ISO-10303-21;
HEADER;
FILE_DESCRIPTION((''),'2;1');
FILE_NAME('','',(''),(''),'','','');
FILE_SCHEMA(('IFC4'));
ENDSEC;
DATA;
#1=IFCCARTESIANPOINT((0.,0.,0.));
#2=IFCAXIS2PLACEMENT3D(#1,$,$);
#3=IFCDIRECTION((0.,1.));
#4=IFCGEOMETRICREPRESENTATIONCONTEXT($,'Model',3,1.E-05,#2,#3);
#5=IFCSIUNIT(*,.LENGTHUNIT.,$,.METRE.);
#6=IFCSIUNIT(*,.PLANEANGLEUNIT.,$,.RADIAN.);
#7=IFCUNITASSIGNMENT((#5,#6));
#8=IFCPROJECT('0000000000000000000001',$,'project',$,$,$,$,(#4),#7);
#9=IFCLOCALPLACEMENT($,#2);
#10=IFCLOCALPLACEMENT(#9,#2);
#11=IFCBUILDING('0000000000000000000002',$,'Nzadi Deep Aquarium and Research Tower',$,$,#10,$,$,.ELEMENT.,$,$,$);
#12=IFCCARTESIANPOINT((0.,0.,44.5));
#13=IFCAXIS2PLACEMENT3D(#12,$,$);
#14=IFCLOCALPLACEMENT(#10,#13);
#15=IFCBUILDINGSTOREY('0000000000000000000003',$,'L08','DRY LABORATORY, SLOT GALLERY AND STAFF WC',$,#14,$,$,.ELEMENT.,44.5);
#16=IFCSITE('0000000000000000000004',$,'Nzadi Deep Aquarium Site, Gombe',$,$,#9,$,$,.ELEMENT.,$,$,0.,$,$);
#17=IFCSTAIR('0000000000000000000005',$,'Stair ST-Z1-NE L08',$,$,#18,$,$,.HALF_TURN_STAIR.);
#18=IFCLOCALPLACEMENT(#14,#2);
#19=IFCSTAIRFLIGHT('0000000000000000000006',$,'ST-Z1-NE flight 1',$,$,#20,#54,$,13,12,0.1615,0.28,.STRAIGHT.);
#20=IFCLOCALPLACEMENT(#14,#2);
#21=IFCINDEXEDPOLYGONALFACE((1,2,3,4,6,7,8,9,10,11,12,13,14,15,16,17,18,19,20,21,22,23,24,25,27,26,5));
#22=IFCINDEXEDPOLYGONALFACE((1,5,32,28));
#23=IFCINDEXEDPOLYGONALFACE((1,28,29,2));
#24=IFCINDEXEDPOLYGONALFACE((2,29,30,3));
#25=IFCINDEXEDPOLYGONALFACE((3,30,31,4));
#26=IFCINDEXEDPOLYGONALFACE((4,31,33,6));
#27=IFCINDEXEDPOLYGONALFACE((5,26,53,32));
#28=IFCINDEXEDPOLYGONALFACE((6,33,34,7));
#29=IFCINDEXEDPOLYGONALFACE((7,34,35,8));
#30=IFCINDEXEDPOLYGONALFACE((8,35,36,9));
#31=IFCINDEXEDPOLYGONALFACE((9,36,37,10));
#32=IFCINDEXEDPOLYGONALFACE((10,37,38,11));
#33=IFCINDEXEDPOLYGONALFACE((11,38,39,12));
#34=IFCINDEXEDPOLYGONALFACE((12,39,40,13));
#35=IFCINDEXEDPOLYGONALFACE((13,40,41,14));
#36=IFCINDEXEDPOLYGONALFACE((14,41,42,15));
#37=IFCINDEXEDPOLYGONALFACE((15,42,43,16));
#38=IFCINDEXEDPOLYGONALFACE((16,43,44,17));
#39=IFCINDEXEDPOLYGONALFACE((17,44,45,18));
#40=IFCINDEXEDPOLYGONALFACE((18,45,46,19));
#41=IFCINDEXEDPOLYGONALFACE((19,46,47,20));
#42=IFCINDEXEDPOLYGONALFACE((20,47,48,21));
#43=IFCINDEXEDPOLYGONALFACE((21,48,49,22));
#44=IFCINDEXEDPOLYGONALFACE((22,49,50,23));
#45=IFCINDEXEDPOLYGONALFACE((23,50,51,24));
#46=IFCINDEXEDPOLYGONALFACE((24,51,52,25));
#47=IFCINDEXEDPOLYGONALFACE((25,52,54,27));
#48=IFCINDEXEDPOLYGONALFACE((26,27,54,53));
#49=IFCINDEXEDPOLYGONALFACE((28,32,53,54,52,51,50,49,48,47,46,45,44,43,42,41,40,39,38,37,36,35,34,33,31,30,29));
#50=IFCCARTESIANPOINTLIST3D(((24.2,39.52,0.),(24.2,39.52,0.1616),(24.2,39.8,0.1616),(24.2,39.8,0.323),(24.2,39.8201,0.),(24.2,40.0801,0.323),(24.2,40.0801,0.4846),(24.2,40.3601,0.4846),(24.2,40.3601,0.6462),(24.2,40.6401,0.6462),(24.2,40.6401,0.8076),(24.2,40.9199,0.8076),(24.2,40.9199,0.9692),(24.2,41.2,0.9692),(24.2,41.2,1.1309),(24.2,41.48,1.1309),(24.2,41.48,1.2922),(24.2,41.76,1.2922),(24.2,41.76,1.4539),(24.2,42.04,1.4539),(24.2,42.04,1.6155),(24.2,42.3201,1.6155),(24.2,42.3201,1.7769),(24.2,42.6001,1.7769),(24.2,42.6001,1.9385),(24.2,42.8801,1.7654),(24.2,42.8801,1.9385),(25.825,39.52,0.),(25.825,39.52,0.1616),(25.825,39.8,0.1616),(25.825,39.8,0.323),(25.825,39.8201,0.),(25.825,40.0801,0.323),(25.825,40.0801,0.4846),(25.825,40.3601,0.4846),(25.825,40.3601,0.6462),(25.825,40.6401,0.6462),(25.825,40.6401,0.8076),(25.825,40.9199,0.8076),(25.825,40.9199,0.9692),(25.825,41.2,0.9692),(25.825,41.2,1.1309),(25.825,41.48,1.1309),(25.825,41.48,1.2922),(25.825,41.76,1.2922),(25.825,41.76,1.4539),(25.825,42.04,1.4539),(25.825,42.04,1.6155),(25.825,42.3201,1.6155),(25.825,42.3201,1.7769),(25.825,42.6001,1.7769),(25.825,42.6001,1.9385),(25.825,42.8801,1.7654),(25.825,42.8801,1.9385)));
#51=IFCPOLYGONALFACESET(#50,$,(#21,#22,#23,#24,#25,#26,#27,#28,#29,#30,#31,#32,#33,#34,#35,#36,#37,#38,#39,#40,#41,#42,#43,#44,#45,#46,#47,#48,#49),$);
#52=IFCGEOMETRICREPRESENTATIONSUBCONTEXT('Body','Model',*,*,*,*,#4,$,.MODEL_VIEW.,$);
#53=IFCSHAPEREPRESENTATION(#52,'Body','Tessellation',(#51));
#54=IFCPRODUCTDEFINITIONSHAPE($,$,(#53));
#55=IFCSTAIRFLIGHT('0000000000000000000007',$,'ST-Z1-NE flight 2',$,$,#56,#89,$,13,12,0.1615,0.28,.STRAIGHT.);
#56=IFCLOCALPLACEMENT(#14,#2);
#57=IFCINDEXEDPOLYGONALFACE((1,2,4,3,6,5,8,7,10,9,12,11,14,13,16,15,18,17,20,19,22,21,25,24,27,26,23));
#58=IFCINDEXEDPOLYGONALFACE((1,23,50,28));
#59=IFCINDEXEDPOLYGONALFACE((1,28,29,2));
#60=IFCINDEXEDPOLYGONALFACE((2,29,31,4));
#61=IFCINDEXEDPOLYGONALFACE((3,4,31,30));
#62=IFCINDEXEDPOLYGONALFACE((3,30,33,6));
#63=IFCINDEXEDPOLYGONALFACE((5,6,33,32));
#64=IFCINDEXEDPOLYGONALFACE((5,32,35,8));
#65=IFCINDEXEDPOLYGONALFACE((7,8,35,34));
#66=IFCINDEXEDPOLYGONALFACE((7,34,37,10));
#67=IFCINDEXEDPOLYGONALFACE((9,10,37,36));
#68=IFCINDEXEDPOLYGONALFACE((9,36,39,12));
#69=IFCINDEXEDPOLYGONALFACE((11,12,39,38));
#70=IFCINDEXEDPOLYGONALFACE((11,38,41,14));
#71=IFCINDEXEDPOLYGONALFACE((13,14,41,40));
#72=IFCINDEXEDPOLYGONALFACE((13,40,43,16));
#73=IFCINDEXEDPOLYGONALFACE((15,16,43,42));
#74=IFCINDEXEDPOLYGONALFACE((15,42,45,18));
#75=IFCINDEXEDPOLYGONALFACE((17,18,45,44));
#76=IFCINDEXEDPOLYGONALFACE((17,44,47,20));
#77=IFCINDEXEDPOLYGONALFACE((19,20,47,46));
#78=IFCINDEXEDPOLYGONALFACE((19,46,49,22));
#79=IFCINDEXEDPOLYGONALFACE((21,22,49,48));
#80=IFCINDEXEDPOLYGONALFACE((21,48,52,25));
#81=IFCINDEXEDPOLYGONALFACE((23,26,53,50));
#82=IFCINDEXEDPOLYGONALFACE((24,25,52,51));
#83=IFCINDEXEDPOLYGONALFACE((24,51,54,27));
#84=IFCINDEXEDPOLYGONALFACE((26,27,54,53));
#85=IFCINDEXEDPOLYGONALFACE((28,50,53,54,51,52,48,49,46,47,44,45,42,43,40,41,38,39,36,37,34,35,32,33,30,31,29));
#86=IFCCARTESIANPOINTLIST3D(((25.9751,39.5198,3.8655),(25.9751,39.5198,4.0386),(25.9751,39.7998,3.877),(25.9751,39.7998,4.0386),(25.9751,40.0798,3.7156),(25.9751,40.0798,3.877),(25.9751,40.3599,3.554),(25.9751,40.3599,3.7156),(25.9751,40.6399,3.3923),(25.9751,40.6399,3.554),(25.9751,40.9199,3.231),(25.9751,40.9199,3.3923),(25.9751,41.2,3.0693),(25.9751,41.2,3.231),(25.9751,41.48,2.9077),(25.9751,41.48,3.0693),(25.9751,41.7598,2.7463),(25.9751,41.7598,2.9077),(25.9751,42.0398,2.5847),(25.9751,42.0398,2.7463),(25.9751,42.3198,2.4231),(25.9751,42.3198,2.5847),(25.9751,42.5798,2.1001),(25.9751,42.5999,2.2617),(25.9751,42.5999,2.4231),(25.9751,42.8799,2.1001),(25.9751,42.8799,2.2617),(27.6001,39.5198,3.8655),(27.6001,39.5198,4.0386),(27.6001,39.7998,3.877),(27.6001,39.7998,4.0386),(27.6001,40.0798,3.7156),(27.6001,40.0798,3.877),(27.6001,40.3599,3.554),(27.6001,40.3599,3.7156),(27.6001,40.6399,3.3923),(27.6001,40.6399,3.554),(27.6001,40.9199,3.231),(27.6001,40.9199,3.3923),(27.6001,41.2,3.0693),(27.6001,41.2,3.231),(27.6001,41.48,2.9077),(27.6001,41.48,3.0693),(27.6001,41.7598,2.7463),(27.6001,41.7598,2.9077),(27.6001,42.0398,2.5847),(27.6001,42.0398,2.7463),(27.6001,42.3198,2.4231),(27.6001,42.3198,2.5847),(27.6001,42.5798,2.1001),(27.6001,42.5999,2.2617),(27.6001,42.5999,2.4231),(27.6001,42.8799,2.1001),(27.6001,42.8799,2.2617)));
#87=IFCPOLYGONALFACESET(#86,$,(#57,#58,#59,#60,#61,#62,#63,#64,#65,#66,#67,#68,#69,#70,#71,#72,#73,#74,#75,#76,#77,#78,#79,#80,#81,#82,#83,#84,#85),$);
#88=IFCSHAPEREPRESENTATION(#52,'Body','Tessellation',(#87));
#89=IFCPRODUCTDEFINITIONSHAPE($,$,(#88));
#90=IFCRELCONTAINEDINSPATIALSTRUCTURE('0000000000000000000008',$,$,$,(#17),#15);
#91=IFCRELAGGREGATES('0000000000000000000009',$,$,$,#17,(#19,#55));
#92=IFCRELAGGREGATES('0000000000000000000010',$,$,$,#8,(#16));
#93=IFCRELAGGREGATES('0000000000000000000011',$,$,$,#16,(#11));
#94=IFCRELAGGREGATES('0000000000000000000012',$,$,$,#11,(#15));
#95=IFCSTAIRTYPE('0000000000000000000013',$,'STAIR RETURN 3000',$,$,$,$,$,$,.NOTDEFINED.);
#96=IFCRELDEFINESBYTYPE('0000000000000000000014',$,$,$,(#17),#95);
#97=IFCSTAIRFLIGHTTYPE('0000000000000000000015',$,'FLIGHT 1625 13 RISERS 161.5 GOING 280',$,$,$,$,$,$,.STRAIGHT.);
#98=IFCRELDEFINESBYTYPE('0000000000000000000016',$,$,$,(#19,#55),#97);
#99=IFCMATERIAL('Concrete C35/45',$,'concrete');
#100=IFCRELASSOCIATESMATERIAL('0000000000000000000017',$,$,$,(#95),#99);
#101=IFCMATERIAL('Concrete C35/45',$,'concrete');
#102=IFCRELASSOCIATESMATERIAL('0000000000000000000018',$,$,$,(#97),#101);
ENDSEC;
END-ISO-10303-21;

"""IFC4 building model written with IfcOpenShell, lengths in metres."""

from ifc_helpers import new_model, si_unit, direction, frame, origin, place, context, subcontext, project, spatial, polyline, outline, extrude, material, type_object, element, aggregate, save


model = new_model("IFC4")

# Units and contexts
model_context = context("Model", 3, precision=1e-05, world=origin(), true_north=direction((0.0, 1.0)))
body_context = subcontext(model_context, "Body", "Model", "MODEL_VIEW")
ifc_project = project(units=[si_unit("LENGTHUNIT", "METRE"), si_unit("PLANEANGLEUNIT", "RADIAN")], contexts=[model_context])

# Site, building, storey
site_placement = place(None, origin())
site = spatial("IfcSite", under=ifc_project, at=site_placement, Name="Nzadi Deep Aquarium Site, Gombe", CompositionType="ELEMENT", RefElevation=0.0)
building_placement = place(site_placement, origin())
building = spatial("IfcBuilding", under=site, at=building_placement, Name="Nzadi Deep Aquarium and Research Tower", CompositionType="ELEMENT")
storey_placement = place(building_placement, frame((0.0, 0.0, 44.5)))
storey = spatial("IfcBuildingStorey", under=building, at=storey_placement, Name="L08", Description="DRY LABORATORY, SLOT GALLERY AND STAFF WC", CompositionType="ELEMENT", Elevation=44.5)

# Stair, stair flights
ifc_material_1 = material(Name="Concrete C35/45", Category="concrete")
stair_type = type_object("IfcStairType", Name="STAIR RETURN 3000", PredefinedType="NOTDEFINED", material=ifc_material_1)
stair_placement = place(storey_placement, origin())
stair = element("IfcStair", 1, at=stair_placement, inside=storey, type_object=stair_type, Name="Stair ST-Z1-NE L08", PredefinedType="HALF_TURN_STAIR")
ifc_material_2 = material(Name="Concrete C35/45", Category="concrete")
stair_flight_type = type_object("IfcStairFlightType", Name="FLIGHT 1625 13 RISERS 161.5 GOING 280", PredefinedType="STRAIGHT", material=ifc_material_2)
stair_flight_1_placement = place(storey_placement, frame((25.0125, 39.52, 0.0), z_axis=(0.0, 0.0, 1.0), x_axis=(0.0, 1.0, 0.0)))
stair_flight_1 = element("IfcStairFlight", 2, at=stair_flight_1_placement, type_object=stair_flight_type, Name="ST-Z1-NE flight 1", NumberOfRisers=13, NumberOfTreads=12, PredefinedType="STRAIGHT", RiserHeight=0.1615, TreadLength=0.28, context=body_context, shape_type="SweptSolid", body=[
    extrude(outline(polyline([(0.0, 0.0), (0.0, 0.1616), (0.28, 0.1616), (0.28, 0.323), (0.5601, 0.323), (0.5601, 0.4846), (0.8401, 0.4846), (0.8401, 0.6462), (1.1201, 0.6462), (1.1201, 0.8076), (1.3999, 0.8076), (1.3999, 0.9692), (1.6799, 0.9692), (1.6799, 1.1309), (1.96, 1.1309), (1.96, 1.2922), (2.24, 1.2922), (2.24, 1.4539), (2.52, 1.4539), (2.52, 1.6155), (2.8, 1.6155), (2.8, 1.7769), (3.0801, 1.7769), (3.0801, 1.9385), (3.3601, 1.9385), (3.3601, 2.1001), (3.3601, 1.7654), (0.3, 0.0), (0.0, 0.0)])), frame((0.0, 0.8125, 0.0), z_axis=(0.0, -1.0, 0.0), x_axis=(1.0, 0.0, 0.0)), (0.0, 0.0, 1.0), 1.625),
])
stair_flight_2_placement = place(storey_placement, frame((26.7876, 42.8799, 2.1001), z_axis=(0.0, 0.0, 1.0), x_axis=(0.0, -1.0, 0.0)))
stair_flight_2 = element("IfcStairFlight", 3, at=stair_flight_2_placement, type_object=stair_flight_type, Name="ST-Z1-NE flight 2", NumberOfRisers=13, NumberOfTreads=12, PredefinedType="STRAIGHT", RiserHeight=0.1615, TreadLength=0.28, context=body_context, shape_type="SweptSolid", body=[
    extrude(outline(polyline([(0.0, 0.0), (0.0, 0.1616), (0.28, 0.1616), (0.28, 0.323), (0.5601, 0.323), (0.5601, 0.4846), (0.8401, 0.4846), (0.8401, 0.6462), (1.1201, 0.6462), (1.1201, 0.8076), (1.3999, 0.8076), (1.3999, 0.9692), (1.6799, 0.9692), (1.6799, 1.1309), (1.96, 1.1309), (1.96, 1.2922), (2.24, 1.2922), (2.24, 1.4539), (2.52, 1.4539), (2.52, 1.6155), (2.8, 1.6155), (2.8, 1.7769), (3.0801, 1.7769), (3.0801, 1.9385), (3.3601, 1.9385), (3.3601, 2.1001), (3.3601, 1.7654), (0.3, 0.0), (0.0, 0.0)])), frame((0.0, 0.8125, 0.0), z_axis=(0.0, -1.0, 0.0), x_axis=(1.0, 0.0, 0.0)), (0.0, 0.0, 1.0), 1.625),
])
aggregate(stair, [stair_flight_1, stair_flight_2])

save(model, "model.ifc")
